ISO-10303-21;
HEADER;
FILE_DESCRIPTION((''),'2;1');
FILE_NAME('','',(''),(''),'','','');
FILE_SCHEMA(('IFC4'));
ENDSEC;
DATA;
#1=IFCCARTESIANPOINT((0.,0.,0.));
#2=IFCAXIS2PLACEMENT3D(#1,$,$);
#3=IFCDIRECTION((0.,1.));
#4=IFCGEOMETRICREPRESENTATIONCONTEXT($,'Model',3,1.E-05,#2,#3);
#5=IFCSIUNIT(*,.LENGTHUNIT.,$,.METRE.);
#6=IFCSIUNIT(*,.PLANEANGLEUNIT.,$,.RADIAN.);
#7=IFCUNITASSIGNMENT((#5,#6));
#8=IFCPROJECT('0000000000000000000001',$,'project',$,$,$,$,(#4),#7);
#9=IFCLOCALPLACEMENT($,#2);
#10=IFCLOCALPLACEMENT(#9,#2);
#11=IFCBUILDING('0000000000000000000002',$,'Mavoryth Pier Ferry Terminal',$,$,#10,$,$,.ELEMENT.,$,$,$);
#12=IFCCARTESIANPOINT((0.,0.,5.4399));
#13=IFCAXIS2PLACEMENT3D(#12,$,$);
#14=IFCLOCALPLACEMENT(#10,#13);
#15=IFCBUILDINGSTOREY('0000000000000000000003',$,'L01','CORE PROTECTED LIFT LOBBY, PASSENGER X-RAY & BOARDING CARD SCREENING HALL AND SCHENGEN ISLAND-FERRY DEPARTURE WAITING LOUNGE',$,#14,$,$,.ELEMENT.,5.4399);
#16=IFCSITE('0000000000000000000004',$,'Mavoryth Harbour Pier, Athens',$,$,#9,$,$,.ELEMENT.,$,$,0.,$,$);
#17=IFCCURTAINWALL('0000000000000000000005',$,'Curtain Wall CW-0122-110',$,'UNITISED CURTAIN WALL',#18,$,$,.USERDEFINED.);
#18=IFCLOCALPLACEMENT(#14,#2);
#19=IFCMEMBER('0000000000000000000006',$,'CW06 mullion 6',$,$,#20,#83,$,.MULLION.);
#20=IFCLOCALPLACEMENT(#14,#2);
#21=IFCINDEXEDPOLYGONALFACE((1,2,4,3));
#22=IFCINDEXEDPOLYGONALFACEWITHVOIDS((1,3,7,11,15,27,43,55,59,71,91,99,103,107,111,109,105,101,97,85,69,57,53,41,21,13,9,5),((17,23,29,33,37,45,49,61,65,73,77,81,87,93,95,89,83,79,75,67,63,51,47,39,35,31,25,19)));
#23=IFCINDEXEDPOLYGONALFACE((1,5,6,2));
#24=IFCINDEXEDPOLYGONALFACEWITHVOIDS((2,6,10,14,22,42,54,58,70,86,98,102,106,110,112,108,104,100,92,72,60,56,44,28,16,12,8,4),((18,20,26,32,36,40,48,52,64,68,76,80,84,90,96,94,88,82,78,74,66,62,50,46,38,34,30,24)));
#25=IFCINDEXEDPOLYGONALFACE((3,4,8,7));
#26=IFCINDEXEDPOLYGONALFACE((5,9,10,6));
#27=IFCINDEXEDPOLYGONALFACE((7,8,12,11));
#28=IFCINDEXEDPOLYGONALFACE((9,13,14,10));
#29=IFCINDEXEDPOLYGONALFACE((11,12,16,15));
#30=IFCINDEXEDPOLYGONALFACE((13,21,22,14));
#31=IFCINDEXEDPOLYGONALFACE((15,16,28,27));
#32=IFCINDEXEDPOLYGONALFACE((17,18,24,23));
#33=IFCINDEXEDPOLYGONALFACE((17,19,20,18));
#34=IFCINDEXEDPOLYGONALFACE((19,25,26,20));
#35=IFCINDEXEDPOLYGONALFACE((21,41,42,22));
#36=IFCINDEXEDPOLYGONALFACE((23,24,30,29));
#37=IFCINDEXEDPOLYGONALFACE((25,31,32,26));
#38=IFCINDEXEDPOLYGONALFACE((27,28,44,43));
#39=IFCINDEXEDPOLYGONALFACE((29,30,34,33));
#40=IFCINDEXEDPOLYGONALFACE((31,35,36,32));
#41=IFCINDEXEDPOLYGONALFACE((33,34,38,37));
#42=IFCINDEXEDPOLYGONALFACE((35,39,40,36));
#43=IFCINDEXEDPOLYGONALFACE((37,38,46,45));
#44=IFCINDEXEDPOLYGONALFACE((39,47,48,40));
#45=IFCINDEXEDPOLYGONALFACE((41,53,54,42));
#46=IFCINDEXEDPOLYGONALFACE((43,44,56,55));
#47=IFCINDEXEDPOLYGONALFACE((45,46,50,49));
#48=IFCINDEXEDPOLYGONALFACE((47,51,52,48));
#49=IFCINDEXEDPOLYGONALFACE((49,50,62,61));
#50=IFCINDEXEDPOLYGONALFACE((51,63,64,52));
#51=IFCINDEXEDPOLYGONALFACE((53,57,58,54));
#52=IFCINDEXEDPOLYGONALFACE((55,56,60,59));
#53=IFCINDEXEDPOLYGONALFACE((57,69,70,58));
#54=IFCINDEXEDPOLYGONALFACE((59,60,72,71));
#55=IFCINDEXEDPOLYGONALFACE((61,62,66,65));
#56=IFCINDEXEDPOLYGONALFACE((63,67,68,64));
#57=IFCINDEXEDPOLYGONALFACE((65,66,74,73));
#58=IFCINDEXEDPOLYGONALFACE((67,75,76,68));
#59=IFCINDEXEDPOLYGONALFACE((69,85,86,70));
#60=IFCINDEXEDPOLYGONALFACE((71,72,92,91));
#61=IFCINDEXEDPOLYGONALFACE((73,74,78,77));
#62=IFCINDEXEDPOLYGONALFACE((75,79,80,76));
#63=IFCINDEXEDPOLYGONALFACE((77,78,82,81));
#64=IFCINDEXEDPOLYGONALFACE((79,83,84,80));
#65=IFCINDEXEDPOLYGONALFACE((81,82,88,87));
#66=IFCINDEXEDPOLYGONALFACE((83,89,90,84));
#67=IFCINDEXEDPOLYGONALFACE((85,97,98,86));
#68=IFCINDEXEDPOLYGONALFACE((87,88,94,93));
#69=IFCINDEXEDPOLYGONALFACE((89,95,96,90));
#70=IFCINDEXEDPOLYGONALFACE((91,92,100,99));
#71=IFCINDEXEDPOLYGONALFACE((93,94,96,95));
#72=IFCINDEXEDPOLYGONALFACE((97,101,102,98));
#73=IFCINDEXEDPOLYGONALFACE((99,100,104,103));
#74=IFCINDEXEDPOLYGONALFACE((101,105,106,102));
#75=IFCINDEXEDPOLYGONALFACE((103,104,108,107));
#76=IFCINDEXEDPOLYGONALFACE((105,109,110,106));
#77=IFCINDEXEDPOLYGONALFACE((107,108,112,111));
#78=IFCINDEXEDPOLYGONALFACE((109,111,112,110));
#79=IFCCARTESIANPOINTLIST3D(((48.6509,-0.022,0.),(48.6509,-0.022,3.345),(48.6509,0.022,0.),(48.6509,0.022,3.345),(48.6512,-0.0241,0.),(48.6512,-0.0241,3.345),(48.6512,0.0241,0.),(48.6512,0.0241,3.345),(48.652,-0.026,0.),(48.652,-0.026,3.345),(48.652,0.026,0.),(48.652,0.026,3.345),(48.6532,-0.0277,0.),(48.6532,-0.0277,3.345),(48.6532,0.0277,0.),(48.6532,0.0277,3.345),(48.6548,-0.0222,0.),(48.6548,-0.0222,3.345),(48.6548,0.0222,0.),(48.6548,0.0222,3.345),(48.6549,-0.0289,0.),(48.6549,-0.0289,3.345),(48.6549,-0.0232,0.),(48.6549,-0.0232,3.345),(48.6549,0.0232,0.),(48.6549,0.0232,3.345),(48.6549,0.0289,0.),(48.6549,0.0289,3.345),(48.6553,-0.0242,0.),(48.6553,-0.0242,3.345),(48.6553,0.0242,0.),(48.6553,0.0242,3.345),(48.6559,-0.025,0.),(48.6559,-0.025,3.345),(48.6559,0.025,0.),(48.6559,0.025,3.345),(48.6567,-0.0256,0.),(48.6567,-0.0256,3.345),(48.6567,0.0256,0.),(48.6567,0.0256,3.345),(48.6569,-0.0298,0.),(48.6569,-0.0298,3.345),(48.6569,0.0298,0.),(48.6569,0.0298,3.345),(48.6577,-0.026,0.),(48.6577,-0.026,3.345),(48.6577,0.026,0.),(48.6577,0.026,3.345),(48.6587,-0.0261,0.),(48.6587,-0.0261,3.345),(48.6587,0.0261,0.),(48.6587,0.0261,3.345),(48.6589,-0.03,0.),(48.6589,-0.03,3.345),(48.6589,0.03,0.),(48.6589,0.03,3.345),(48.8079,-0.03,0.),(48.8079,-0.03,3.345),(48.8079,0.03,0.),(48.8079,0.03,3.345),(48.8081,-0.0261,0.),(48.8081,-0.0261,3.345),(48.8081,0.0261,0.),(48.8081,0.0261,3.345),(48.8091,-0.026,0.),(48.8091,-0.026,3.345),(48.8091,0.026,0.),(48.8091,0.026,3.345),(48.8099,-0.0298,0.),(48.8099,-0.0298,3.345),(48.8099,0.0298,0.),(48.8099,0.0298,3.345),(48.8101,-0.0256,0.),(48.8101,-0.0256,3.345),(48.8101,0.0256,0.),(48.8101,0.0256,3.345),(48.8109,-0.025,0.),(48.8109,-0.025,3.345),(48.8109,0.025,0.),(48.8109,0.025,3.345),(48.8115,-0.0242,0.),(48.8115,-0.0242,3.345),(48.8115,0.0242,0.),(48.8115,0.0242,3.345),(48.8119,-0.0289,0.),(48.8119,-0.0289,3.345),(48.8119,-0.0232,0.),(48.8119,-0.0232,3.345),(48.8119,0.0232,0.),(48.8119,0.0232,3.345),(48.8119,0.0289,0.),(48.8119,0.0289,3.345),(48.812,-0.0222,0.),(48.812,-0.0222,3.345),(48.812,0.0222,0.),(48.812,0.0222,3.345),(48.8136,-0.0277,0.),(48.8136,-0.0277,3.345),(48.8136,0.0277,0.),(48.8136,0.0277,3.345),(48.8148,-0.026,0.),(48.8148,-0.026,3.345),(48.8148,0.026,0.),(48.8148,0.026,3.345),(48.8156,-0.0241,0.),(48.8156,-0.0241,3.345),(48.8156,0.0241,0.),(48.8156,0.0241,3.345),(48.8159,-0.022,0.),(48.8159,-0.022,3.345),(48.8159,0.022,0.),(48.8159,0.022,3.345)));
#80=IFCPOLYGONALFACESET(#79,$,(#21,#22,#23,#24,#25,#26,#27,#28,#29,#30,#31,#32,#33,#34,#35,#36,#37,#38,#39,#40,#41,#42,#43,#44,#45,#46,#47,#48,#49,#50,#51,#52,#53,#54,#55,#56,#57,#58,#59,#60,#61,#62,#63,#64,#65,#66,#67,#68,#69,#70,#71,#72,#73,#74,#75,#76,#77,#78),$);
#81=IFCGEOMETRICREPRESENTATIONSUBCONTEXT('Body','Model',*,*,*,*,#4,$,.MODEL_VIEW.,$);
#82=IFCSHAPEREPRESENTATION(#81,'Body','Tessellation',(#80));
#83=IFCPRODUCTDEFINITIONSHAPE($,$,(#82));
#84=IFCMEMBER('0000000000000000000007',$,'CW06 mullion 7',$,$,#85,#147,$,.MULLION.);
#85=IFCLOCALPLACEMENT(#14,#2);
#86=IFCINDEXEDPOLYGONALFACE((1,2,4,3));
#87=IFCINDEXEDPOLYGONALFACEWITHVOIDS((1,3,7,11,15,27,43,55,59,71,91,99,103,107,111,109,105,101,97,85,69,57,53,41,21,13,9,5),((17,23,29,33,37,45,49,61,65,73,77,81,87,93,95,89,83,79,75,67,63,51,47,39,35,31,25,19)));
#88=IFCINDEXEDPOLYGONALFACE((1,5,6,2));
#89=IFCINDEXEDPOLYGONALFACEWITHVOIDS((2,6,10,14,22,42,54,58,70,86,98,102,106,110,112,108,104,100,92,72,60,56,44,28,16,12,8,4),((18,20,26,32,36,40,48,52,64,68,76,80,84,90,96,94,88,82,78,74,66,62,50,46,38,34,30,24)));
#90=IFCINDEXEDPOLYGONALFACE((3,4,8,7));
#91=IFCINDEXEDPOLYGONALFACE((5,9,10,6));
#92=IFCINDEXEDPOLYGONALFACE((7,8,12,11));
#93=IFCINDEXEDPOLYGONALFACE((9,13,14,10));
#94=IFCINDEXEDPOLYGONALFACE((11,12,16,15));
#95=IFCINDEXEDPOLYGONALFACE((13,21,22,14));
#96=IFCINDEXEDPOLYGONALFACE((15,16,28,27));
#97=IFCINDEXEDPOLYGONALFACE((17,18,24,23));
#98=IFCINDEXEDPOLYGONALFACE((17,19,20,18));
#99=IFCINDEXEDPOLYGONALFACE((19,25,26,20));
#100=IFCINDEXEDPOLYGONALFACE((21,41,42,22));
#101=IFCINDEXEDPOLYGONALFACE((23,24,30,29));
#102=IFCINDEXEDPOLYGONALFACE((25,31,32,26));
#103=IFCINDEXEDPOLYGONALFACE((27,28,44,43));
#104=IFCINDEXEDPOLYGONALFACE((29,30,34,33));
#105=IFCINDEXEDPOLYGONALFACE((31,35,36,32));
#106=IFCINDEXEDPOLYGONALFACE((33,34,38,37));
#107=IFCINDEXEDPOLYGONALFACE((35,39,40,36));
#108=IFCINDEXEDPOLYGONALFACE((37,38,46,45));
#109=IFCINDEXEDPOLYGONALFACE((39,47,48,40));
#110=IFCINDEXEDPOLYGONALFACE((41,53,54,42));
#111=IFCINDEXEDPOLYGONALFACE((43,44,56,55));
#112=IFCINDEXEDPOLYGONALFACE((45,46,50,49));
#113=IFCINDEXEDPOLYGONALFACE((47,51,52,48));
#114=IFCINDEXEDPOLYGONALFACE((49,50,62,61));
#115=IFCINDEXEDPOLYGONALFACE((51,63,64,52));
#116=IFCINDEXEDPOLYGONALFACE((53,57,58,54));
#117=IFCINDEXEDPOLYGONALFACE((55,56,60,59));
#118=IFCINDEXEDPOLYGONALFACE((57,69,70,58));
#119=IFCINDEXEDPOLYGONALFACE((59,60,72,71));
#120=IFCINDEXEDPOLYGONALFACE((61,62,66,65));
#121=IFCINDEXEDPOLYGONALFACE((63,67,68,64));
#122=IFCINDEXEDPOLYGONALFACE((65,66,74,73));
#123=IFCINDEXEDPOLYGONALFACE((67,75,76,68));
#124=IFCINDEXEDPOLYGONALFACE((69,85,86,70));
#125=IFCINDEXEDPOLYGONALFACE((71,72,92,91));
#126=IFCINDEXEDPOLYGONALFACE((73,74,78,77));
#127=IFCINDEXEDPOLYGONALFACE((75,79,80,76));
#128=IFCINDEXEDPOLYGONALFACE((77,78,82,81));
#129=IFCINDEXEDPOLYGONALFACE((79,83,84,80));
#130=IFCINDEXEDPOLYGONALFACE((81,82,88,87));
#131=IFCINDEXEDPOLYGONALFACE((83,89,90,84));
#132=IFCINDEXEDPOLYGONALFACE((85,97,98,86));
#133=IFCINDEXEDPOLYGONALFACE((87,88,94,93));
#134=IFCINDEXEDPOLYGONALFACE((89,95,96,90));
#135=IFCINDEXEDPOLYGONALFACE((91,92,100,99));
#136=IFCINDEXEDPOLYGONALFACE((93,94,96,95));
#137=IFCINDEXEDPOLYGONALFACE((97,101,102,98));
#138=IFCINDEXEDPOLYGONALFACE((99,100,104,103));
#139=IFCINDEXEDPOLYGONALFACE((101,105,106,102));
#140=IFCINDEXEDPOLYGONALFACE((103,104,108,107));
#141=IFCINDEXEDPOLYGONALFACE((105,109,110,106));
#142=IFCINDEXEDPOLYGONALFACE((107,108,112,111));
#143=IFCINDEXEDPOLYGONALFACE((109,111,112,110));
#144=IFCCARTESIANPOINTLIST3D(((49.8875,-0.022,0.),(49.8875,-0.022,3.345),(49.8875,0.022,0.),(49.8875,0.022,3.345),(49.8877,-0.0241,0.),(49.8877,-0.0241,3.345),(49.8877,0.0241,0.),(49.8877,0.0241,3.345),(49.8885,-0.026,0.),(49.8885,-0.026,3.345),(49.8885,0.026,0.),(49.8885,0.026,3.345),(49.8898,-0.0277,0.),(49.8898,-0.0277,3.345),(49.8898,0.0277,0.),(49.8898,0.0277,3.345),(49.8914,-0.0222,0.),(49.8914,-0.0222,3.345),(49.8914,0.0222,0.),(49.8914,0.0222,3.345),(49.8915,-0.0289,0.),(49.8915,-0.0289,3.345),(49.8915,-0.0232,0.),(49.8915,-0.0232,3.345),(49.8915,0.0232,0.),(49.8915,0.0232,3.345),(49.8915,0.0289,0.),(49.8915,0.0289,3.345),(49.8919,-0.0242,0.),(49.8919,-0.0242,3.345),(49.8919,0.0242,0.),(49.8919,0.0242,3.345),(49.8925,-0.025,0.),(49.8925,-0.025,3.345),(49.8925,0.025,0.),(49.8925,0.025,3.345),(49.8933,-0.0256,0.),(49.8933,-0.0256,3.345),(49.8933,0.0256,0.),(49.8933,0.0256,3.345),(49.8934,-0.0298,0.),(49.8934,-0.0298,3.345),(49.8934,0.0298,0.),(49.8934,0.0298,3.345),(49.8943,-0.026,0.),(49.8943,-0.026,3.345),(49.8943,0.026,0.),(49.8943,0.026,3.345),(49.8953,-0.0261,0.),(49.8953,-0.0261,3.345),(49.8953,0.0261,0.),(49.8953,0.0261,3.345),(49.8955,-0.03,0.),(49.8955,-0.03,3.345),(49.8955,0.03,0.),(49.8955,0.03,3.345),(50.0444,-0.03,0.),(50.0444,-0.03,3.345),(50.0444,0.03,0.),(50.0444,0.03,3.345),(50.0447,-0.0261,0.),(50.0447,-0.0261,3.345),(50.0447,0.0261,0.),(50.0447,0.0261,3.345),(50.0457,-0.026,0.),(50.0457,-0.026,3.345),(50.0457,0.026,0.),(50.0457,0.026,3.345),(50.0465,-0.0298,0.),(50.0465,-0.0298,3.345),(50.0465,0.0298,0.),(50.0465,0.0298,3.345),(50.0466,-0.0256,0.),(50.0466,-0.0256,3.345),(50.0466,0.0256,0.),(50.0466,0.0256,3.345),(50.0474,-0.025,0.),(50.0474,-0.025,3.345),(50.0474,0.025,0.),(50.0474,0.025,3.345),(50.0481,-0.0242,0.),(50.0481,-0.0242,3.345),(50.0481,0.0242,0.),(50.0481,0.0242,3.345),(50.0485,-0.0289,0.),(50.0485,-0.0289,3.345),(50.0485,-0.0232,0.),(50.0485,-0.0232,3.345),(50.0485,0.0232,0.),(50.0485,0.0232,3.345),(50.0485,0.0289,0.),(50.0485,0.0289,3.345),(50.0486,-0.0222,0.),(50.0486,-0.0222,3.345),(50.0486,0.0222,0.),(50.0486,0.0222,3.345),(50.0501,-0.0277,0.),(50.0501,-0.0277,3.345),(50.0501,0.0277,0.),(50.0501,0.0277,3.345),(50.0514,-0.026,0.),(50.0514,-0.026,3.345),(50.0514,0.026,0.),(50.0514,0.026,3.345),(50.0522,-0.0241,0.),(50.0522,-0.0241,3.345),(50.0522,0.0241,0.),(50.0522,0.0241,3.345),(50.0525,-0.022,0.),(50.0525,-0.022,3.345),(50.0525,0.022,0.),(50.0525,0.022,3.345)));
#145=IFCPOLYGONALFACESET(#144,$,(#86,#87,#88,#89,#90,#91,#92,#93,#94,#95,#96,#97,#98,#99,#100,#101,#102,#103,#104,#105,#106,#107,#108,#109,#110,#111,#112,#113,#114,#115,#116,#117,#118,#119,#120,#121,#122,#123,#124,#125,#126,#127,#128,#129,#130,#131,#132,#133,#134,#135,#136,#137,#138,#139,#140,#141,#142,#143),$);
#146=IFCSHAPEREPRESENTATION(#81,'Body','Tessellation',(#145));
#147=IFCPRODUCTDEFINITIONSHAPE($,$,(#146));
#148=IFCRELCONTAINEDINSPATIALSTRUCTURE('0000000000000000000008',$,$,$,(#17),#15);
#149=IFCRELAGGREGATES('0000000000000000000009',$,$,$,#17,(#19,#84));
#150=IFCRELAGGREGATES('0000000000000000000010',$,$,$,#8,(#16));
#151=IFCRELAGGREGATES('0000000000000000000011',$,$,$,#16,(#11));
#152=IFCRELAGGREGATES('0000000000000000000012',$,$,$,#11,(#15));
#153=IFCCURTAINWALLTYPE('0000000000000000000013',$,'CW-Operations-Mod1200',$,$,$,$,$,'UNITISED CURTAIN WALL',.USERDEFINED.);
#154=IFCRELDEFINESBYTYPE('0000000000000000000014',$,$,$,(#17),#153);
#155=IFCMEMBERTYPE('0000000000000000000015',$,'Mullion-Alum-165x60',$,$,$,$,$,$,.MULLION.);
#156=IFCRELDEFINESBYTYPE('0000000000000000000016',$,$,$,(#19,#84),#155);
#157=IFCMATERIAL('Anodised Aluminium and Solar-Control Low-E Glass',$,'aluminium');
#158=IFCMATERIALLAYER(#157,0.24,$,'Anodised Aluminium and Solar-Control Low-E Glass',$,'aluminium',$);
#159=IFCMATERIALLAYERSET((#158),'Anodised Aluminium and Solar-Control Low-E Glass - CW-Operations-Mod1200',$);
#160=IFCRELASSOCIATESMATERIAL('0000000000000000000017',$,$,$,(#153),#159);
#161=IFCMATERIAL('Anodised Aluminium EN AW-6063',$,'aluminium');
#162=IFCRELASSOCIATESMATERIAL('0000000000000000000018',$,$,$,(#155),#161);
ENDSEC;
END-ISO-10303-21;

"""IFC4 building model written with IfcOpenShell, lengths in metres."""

from ifc_helpers import new_model, si_unit, direction, frame, origin, origin_2d, place, context, subcontext, project, spatial, hollow_rectangle, extrude, material, layer, layer_set, material_profile, profile_set, type_object, element, aggregate, save


model = new_model("IFC4")

# Units and contexts
model_context = context("Model", 3, precision=1e-05, world=origin(), true_north=direction((0.0, 1.0)))
body_context = subcontext(model_context, "Body", "Model", "MODEL_VIEW")
ifc_project = project(units=[si_unit("LENGTHUNIT", "METRE"), si_unit("PLANEANGLEUNIT", "RADIAN")], contexts=[model_context])

# Site, building, storey
site_placement = place(None, origin())
site = spatial("IfcSite", under=ifc_project, at=site_placement, Name="Mavoryth Harbour Pier, Athens", CompositionType="ELEMENT", RefElevation=0.0)
building_placement = place(site_placement, origin())
building = spatial("IfcBuilding", under=site, at=building_placement, Name="Mavoryth Pier Ferry Terminal", CompositionType="ELEMENT")
storey_placement = place(building_placement, frame((0.0, 0.0, 5.4399)))
storey = spatial("IfcBuildingStorey", under=building, at=storey_placement, Name="L01", Description="CORE PROTECTED LIFT LOBBY, PASSENGER X-RAY & BOARDING CARD SCREENING HALL AND SCHENGEN ISLAND-FERRY DEPARTURE WAITING LOUNGE", CompositionType="ELEMENT", Elevation=5.4399)

# Curtain wall, members
ifc_material_1 = material(Name="Anodised Aluminium and Solar-Control Low-E Glass", Category="aluminium")
ifc_layer_1 = layer(ifc_material_1, 0.24, Name="Anodised Aluminium and Solar-Control Low-E Glass", Category="aluminium")
ifc_layer_set_1 = layer_set([ifc_layer_1], Name="Anodised Aluminium and Solar-Control Low-E Glass - CW-Operations-Mod1200")
curtain_wall_type = type_object("IfcCurtainWallType", Name="CW-Operations-Mod1200", ElementType="UNITISED CURTAIN WALL", PredefinedType="USERDEFINED", material=ifc_layer_set_1)
curtain_wall_1_placement = place(storey_placement, origin())
curtain_wall_1 = element("IfcCurtainWall", 1, at=curtain_wall_1_placement, inside=storey, type_object=curtain_wall_type, Name="Curtain Wall CW-0122-110", ObjectType="UNITISED CURTAIN WALL", PredefinedType="USERDEFINED")
ifc_material_2 = material(Name="Anodised Aluminium EN AW-6063", Category="aluminium")
ifc_material_profile_1 = material_profile(ifc_material_2, hollow_rectangle(XDim=0.0601, YDim=0.165, WallThickness=0.0039, InnerFilletRadius=0.0039, OuterFilletRadius=0.0081, at=origin_2d()), Name="AL-MULL 165x60x4", Category="aluminium")
ifc_profile_set_1 = profile_set([ifc_material_profile_1], Name="Anodised Aluminium EN AW-6063 - AL-MULL 165x60x4")
member_type_1 = type_object("IfcMemberType", Name="Mullion-Alum-165x60", PredefinedType="MULLION", material=ifc_profile_set_1)
member_1_placement = place(storey_placement, frame((48.7334, 0.0, 0.0), z_axis=(0.0, 0.0, 1.0), x_axis=(0.0, 1.0, 0.0)))
member_1 = element("IfcMember", 2, at=member_1_placement, type_object=member_type_1, Name="CW06 mullion 6", PredefinedType="MULLION", context=body_context, shape_type="SweptSolid", body=[
    extrude(hollow_rectangle(XDim=0.0601, YDim=0.165, WallThickness=0.0039, InnerFilletRadius=0.0039, OuterFilletRadius=0.0081, at=origin_2d()), origin(), (0.0, 0.0, 1.0), 3.345),
])
member_2_placement = place(storey_placement, frame((49.97, 0.0, 0.0), z_axis=(0.0, 0.0, 1.0), x_axis=(0.0, 1.0, 0.0)))
member_2 = element("IfcMember", 3, at=member_2_placement, type_object=member_type_1, Name="CW06 mullion 7", PredefinedType="MULLION", context=body_context, shape_type="SweptSolid", body=[
    extrude(hollow_rectangle(XDim=0.0601, YDim=0.165, WallThickness=0.0039, InnerFilletRadius=0.0039, OuterFilletRadius=0.0081, at=origin_2d()), origin(), (0.0, 0.0, 1.0), 3.345),
])

aggregate(curtain_wall_1, [member_1, member_2])

save(model, "model.ifc")
